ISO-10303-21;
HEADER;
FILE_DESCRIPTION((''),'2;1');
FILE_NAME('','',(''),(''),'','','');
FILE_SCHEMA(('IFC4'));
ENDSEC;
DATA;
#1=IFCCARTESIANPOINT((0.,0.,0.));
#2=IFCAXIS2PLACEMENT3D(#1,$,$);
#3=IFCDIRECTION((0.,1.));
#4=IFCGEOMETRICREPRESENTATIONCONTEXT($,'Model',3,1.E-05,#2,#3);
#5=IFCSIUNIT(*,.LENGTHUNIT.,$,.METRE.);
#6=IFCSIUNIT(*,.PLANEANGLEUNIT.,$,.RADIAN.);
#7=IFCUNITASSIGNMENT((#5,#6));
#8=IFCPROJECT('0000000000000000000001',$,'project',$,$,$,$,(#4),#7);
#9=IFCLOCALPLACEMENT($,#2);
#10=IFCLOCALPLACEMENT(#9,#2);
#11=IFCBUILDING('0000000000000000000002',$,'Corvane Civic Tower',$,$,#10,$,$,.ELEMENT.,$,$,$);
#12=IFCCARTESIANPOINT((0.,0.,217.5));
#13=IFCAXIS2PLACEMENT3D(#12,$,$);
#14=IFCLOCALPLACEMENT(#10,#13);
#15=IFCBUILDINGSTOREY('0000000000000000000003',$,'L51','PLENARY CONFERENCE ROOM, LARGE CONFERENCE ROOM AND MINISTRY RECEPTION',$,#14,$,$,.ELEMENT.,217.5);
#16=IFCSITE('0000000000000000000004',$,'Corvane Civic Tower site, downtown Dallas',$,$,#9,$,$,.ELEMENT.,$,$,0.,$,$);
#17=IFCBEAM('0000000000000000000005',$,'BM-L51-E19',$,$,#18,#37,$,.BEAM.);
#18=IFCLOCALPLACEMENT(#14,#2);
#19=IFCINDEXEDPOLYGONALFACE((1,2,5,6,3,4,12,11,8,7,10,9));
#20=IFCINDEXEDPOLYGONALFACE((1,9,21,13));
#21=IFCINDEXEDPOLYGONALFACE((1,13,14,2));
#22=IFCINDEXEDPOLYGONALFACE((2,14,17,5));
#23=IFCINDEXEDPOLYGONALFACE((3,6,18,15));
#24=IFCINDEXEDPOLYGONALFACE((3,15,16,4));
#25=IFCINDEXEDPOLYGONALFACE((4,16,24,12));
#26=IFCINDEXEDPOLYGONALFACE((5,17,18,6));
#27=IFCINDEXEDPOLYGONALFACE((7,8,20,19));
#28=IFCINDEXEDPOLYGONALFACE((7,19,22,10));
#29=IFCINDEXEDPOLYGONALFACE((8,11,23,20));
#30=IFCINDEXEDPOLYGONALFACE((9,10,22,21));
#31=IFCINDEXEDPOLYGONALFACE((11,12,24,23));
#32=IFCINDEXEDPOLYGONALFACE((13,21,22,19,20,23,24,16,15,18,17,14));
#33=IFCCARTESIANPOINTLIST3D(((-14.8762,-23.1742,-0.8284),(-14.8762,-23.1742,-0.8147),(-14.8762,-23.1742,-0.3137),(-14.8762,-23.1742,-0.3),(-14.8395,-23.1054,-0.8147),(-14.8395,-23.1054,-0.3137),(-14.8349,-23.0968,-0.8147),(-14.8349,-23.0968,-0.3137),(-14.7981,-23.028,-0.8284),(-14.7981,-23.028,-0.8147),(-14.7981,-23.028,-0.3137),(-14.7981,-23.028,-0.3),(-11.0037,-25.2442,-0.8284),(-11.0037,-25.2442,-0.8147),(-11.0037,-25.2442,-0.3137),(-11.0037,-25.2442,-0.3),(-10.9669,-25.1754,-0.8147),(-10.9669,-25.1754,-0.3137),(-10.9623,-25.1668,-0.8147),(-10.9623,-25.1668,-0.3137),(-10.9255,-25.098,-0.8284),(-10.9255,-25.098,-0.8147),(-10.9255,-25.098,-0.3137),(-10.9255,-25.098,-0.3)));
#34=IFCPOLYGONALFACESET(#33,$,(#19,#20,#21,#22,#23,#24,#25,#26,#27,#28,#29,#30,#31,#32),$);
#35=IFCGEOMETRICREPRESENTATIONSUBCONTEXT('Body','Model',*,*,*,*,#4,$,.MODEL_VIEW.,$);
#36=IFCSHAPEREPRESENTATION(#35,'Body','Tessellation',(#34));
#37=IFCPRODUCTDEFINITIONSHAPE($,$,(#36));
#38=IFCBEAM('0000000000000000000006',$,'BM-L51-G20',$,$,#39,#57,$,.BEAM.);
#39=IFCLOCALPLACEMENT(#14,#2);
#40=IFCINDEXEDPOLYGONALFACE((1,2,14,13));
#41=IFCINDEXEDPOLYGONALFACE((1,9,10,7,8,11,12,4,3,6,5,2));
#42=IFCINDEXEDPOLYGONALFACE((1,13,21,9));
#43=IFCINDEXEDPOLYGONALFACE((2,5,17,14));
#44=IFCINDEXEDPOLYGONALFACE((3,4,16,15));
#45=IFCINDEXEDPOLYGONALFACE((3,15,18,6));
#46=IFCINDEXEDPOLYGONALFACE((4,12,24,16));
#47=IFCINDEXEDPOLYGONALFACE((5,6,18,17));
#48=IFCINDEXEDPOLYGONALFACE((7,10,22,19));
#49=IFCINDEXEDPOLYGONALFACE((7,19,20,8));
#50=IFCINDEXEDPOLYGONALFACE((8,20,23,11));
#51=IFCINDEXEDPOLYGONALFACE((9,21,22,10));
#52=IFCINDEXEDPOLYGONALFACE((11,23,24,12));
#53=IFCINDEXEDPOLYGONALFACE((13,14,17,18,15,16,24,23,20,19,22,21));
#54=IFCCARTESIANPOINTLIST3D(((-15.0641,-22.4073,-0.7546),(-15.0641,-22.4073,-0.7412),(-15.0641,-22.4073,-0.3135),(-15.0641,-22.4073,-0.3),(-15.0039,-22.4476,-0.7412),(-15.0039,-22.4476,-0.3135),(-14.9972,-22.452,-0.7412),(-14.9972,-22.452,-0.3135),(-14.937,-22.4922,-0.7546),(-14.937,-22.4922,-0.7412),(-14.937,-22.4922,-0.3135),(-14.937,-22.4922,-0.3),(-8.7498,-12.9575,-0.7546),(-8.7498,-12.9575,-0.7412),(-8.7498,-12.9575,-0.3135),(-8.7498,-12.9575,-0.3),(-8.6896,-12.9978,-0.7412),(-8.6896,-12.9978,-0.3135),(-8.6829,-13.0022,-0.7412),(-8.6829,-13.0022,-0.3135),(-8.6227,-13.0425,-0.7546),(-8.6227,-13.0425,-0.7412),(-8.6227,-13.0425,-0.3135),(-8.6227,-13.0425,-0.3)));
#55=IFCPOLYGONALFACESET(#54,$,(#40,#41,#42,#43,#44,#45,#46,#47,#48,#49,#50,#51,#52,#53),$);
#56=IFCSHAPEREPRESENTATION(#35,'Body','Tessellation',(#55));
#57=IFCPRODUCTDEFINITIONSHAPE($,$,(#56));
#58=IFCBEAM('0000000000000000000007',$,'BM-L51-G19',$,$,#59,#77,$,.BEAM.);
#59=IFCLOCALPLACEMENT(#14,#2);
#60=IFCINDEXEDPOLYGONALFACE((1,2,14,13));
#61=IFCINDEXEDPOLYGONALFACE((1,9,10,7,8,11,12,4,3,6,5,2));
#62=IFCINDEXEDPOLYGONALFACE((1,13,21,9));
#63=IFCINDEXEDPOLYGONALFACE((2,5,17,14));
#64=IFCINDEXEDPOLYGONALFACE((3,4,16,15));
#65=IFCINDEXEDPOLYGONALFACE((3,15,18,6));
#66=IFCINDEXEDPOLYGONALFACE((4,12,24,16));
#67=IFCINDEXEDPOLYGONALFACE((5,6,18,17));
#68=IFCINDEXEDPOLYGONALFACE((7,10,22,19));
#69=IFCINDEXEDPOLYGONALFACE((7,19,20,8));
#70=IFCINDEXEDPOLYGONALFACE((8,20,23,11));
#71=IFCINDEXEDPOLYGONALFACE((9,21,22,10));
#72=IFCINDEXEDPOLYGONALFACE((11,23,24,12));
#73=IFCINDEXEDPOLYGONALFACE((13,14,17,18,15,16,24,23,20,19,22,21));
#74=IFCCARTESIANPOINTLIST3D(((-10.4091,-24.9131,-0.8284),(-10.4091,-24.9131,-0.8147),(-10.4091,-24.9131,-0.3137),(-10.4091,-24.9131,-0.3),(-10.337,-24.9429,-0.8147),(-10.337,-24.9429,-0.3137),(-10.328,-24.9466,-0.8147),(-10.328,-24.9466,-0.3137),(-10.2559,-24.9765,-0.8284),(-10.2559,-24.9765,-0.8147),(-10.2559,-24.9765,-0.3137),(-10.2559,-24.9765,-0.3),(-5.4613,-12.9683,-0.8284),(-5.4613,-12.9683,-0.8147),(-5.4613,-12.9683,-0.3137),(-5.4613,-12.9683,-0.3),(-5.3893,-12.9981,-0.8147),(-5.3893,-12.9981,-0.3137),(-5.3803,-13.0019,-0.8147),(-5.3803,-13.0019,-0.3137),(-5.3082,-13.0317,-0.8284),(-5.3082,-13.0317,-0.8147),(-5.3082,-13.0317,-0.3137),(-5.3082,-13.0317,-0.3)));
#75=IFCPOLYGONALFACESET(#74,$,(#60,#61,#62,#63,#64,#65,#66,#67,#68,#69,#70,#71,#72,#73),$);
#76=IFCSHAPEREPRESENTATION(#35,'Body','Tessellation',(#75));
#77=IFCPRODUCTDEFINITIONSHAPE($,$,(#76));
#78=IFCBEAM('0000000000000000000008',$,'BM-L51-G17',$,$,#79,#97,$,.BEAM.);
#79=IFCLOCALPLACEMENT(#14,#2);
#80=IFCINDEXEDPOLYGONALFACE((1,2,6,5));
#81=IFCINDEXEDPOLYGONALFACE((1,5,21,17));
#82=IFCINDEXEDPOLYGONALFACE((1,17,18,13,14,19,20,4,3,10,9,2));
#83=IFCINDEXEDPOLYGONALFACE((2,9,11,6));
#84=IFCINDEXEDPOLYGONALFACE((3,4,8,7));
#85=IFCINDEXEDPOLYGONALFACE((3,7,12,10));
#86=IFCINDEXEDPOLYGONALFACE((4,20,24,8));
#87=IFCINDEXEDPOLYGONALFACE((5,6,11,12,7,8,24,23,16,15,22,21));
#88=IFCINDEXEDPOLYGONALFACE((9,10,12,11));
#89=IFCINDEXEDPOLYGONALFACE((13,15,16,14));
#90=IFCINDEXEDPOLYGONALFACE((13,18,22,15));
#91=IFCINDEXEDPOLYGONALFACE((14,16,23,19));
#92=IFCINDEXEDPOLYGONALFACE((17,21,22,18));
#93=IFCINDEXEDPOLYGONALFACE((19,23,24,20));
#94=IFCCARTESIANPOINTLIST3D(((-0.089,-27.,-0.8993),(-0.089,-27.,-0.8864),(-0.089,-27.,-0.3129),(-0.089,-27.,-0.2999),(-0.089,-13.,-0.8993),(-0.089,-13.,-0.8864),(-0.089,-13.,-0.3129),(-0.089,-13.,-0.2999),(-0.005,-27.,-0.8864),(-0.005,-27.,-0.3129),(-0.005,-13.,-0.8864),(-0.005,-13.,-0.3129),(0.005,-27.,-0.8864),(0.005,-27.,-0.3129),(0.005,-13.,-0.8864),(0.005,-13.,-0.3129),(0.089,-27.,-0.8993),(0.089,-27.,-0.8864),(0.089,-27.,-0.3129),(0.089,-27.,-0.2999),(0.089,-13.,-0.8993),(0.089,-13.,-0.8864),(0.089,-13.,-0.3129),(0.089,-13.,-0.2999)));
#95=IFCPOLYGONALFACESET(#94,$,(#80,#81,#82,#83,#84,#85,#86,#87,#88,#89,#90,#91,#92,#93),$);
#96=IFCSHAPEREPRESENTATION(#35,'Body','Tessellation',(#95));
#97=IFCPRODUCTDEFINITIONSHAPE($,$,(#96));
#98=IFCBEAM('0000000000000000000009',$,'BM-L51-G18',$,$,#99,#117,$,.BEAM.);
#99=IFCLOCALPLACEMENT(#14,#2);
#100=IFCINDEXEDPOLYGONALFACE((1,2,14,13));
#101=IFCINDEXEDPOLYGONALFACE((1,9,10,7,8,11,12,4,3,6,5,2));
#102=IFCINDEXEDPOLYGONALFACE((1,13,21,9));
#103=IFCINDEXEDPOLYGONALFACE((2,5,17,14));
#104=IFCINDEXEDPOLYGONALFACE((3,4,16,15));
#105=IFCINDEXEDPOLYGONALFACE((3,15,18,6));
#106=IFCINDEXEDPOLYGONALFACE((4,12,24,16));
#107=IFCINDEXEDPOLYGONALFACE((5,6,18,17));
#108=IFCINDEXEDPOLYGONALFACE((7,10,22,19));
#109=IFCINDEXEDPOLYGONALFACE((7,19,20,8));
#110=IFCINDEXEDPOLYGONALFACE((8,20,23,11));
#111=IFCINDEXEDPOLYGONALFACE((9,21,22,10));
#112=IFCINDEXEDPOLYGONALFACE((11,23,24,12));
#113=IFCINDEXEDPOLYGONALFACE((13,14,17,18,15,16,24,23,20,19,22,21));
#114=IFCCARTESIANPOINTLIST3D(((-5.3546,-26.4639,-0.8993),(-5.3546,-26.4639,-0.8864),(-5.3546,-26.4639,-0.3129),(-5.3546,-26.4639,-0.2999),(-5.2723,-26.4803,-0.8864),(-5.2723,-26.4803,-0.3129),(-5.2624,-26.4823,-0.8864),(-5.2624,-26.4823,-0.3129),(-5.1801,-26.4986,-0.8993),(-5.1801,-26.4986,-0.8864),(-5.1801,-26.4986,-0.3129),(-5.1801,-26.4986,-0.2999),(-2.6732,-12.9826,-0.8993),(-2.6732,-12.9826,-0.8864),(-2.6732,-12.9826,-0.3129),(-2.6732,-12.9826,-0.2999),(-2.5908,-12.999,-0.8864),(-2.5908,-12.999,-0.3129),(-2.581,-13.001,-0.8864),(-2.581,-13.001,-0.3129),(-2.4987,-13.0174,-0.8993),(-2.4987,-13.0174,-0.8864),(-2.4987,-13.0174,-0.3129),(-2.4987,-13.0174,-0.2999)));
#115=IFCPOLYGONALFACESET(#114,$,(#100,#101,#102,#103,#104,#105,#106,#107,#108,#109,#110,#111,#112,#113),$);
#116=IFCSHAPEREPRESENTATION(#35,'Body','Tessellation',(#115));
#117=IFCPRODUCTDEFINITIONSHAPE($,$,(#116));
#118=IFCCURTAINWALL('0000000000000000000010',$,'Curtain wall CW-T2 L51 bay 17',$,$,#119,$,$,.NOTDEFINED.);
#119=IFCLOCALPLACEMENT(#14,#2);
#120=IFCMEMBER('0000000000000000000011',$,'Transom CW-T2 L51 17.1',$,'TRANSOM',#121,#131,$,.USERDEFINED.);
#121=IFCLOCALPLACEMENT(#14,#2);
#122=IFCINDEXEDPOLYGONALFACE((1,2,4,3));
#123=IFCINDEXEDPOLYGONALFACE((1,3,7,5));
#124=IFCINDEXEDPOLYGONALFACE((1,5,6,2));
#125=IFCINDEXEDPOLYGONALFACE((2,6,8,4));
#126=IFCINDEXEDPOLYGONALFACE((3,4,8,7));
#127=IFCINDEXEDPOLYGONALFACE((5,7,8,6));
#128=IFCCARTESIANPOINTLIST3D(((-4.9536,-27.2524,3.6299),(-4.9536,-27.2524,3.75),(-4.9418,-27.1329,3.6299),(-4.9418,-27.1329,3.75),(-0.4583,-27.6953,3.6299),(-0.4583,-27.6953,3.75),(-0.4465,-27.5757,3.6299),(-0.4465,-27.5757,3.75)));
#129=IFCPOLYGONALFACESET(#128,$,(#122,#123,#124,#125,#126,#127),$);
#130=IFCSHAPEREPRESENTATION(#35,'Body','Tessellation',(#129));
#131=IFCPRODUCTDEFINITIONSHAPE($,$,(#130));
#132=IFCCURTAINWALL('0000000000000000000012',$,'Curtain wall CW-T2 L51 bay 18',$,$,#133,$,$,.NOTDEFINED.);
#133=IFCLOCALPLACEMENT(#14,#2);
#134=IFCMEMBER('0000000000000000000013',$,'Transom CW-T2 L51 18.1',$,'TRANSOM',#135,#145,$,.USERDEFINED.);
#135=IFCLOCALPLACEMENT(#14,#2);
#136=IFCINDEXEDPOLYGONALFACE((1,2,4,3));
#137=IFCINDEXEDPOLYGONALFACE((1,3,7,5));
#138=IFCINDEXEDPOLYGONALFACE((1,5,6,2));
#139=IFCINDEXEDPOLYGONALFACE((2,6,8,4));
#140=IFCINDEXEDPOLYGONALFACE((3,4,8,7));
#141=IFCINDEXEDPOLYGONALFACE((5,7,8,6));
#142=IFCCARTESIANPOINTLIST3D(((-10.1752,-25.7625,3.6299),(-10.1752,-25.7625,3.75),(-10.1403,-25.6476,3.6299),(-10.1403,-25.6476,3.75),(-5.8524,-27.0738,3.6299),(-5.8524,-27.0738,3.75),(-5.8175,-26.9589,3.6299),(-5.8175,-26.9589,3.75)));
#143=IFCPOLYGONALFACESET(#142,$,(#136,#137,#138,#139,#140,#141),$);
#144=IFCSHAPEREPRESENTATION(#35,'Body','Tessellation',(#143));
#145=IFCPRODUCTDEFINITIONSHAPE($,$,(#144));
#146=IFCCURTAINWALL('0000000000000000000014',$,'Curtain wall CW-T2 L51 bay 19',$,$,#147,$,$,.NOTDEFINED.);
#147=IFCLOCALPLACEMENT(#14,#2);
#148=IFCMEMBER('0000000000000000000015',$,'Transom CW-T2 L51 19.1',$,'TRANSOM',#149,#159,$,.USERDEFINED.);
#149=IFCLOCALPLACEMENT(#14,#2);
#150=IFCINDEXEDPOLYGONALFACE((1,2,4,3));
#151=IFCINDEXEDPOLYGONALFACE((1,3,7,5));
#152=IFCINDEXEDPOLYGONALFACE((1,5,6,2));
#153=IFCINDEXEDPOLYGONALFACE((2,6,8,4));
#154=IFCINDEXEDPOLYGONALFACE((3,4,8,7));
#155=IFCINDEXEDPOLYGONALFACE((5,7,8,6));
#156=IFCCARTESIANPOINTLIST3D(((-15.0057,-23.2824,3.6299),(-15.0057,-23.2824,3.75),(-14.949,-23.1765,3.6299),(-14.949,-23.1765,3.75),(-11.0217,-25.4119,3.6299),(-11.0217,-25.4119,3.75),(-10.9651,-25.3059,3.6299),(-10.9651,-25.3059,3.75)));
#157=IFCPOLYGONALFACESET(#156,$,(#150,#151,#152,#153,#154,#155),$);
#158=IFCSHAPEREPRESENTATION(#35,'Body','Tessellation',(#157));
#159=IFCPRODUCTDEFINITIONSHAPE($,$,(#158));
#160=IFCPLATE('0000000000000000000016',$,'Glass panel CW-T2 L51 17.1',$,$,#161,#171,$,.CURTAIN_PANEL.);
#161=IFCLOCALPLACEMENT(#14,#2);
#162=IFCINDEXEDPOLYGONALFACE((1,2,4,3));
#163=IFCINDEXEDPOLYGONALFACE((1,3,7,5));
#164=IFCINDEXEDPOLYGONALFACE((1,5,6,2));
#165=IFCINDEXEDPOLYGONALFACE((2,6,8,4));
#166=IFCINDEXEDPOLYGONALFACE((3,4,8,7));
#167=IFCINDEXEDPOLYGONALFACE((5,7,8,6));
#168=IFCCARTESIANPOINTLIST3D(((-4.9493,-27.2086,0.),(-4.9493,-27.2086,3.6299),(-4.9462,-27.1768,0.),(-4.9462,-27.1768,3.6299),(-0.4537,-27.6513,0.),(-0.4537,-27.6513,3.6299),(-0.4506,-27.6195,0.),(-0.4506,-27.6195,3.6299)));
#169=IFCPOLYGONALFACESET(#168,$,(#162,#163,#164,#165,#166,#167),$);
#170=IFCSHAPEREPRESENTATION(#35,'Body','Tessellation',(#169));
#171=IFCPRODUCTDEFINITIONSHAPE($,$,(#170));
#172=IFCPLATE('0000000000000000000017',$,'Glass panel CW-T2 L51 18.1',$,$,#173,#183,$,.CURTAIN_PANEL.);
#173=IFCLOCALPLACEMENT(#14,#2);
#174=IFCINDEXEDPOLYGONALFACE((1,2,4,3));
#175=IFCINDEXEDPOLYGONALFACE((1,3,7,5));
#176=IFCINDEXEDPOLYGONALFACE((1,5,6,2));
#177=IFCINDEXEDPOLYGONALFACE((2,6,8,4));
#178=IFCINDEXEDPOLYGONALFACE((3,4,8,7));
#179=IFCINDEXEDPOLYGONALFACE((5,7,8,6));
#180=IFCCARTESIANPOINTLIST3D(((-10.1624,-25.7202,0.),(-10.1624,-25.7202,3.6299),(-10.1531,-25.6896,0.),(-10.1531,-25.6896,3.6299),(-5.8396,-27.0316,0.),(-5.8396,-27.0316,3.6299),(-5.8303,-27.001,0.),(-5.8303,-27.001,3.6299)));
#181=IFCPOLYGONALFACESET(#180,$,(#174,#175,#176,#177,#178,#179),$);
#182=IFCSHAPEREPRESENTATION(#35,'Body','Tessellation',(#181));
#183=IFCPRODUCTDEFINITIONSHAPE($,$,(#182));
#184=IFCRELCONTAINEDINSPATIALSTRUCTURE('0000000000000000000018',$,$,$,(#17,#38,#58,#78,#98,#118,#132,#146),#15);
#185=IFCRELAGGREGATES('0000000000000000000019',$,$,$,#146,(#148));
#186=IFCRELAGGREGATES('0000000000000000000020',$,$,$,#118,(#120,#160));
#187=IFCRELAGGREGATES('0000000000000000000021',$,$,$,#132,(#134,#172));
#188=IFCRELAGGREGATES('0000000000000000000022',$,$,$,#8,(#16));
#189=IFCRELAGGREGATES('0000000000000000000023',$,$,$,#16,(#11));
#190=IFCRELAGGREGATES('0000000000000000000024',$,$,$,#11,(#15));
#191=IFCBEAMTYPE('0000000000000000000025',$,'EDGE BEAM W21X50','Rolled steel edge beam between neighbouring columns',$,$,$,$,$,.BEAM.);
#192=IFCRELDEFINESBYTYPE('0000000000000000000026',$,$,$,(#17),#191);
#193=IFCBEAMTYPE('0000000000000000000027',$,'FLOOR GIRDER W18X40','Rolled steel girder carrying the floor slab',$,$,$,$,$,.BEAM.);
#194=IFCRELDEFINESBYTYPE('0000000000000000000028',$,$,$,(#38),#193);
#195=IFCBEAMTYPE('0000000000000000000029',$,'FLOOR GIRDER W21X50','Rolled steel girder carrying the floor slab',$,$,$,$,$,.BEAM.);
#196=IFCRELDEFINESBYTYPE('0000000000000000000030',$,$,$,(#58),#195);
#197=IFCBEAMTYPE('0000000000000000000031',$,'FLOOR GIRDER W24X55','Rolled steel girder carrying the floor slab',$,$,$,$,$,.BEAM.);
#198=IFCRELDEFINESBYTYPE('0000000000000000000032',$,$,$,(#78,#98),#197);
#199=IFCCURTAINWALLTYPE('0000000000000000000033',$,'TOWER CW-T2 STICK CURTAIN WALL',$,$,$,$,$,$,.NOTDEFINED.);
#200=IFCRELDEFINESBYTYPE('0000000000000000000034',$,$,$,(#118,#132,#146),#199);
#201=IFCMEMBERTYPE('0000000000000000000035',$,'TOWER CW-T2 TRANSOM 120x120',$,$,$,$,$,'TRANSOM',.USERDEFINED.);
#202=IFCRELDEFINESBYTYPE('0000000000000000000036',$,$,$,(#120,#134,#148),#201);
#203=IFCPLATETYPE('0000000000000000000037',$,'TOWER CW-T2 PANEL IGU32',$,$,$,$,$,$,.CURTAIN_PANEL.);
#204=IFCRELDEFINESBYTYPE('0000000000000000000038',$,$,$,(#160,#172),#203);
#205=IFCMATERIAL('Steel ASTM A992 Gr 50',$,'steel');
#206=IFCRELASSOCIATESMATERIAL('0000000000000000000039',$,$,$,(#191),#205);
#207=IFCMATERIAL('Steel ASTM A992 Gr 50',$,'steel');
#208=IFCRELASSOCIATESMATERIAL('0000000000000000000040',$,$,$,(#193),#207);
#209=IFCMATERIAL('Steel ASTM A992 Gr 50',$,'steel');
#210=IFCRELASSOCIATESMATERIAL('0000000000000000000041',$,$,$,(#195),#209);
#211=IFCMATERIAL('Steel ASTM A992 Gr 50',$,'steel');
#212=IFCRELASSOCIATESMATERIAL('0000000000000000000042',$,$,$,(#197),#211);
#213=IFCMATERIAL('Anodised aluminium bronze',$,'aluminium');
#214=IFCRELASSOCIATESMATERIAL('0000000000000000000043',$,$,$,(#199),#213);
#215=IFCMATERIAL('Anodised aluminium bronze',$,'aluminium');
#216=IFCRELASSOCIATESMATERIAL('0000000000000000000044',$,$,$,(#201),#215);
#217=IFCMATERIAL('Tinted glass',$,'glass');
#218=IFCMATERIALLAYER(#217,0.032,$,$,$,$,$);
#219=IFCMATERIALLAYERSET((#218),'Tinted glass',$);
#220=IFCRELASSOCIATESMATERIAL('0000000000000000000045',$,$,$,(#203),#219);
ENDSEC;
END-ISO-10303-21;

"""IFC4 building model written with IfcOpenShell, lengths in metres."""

from ifc_helpers import new_model, si_unit, direction, frame, origin, origin_2d, place, context, subcontext, project, spatial, rectangle, i_section, extrude, material, layer, layer_set, material_profile, profile_set, type_object, element, aggregate, save


model = new_model("IFC4")

# Units and contexts
model_context = context("Model", 3, precision=1e-05, world=origin(), true_north=direction((0.0, 1.0)))
body_context = subcontext(model_context, "Body", "Model", "MODEL_VIEW")
ifc_project = project(units=[si_unit("LENGTHUNIT", "METRE"), si_unit("PLANEANGLEUNIT", "RADIAN")], contexts=[model_context])

# Site, building, storey
site_placement = place(None, origin())
site = spatial("IfcSite", under=ifc_project, at=site_placement, Name="Corvane Civic Tower site, downtown Dallas", CompositionType="ELEMENT", RefElevation=0.0)
building_placement = place(site_placement, origin())
building = spatial("IfcBuilding", under=site, at=building_placement, Name="Corvane Civic Tower", CompositionType="ELEMENT")
storey_placement = place(building_placement, frame((0.0, 0.0, 217.5)))
storey = spatial("IfcBuildingStorey", under=building, at=storey_placement, Name="L51", Description="PLENARY CONFERENCE ROOM, LARGE CONFERENCE ROOM AND MINISTRY RECEPTION", CompositionType="ELEMENT", Elevation=217.5)

# Beams
ifc_material_1 = material(Name="Steel ASTM A992 Gr 50", Category="steel")
ifc_material_profile_1 = material_profile(ifc_material_1, i_section(OverallWidth=0.1658, OverallDepth=0.5283, WebThickness=0.0098, FlangeThickness=0.0137, at=origin_2d()), Name="W21X50")
ifc_profile_set_1 = profile_set([ifc_material_profile_1], Name="Steel ASTM A992 Gr 50")
beam_type_1 = type_object("IfcBeamType", Name="EDGE BEAM W21X50", Description="Rolled steel edge beam between neighbouring columns", PredefinedType="BEAM", material=ifc_profile_set_1)
beam_1_placement = place(storey_placement, frame((-10.9646, -25.1711, -0.5642), z_axis=(-0.881908, 0.471422, 0.0), x_axis=(-0.471422, -0.881908, 0.0)))
element("IfcBeam", 1, at=beam_1_placement, inside=storey, type_object=beam_type_1, Name="BM-L51-E19", PredefinedType="BEAM", context=body_context, shape_type="SweptSolid", body=[
    extrude(i_section(OverallWidth=0.1658, OverallDepth=0.5283, WebThickness=0.0098, FlangeThickness=0.0137, at=origin_2d()), origin(), (0.0, 0.0, 1.0), 4.3911),
])
ifc_material_2 = material(Name="Steel ASTM A992 Gr 50", Category="steel")
ifc_material_profile_2 = material_profile(ifc_material_2, i_section(OverallWidth=0.1528, OverallDepth=0.4546, WebThickness=0.0081, FlangeThickness=0.0134, at=origin_2d()), Name="W18X40")
ifc_profile_set_2 = profile_set([ifc_material_profile_2], Name="Steel ASTM A992 Gr 50")
beam_type_2 = type_object("IfcBeamType", Name="FLOOR GIRDER W18X40", Description="Rolled steel girder carrying the floor slab", PredefinedType="BEAM", material=ifc_profile_set_2)
beam_2_placement = place(storey_placement, frame((-8.6863, -13.0, -0.5273), z_axis=(-0.555577, -0.831465, 0.0), x_axis=(0.831465, -0.555577, 0.0)))
element("IfcBeam", 2, at=beam_2_placement, inside=storey, type_object=beam_type_2, Name="BM-L51-G20", PredefinedType="BEAM", context=body_context, shape_type="SweptSolid", body=[
    extrude(i_section(OverallWidth=0.1528, OverallDepth=0.4546, WebThickness=0.0081, FlangeThickness=0.0134, at=origin_2d()), origin(), (0.0, 0.0, 1.0), 11.3652),
])
ifc_material_3 = material(Name="Steel ASTM A992 Gr 50", Category="steel")
ifc_material_profile_3 = material_profile(ifc_material_3, i_section(OverallWidth=0.1658, OverallDepth=0.5283, WebThickness=0.0098, FlangeThickness=0.0137, at=origin_2d()), Name="W21X50")
ifc_profile_set_3 = profile_set([ifc_material_profile_3], Name="Steel ASTM A992 Gr 50")
beam_type_3 = type_object("IfcBeamType", Name="FLOOR GIRDER W21X50", Description="Rolled steel girder carrying the floor slab", PredefinedType="BEAM", material=ifc_profile_set_3)
beam_3_placement = place(storey_placement, frame((-5.3848, -13.0, -0.5642), z_axis=(-0.382686, -0.923878, 0.0), x_axis=(0.923878, -0.382686, 0.0)))
element("IfcBeam", 3, at=beam_3_placement, inside=storey, type_object=beam_type_3, Name="BM-L51-G19", PredefinedType="BEAM", context=body_context, shape_type="SweptSolid", body=[
    extrude(i_section(OverallWidth=0.1658, OverallDepth=0.5283, WebThickness=0.0098, FlangeThickness=0.0137, at=origin_2d()), origin(), (0.0, 0.0, 1.0), 12.929),
])
ifc_material_4 = material(Name="Steel ASTM A992 Gr 50", Category="steel")
ifc_material_profile_4 = material_profile(ifc_material_4, i_section(OverallWidth=0.178, OverallDepth=0.5994, WebThickness=0.01, FlangeThickness=0.0129, at=origin_2d()), Name="W24X55")
ifc_profile_set_4 = profile_set([ifc_material_profile_4], Name="Steel ASTM A992 Gr 50")
beam_type_4 = type_object("IfcBeamType", Name="FLOOR GIRDER W24X55", Description="Rolled steel girder carrying the floor slab", PredefinedType="BEAM", material=ifc_profile_set_4)
beam_4_placement = place(storey_placement, frame((0.0, -13.0, -0.5996), z_axis=(0.0, -1.0, 0.0), x_axis=(1.0, 0.0, 0.0)))
element("IfcBeam", 4, at=beam_4_placement, inside=storey, type_object=beam_type_4, Name="BM-L51-G17", PredefinedType="BEAM", context=body_context, shape_type="SweptSolid", body=[
    extrude(i_section(OverallWidth=0.178, OverallDepth=0.5994, WebThickness=0.01, FlangeThickness=0.0129, at=origin_2d()), origin(), (0.0, 0.0, 1.0), 14.0),
])
beam_5_placement = place(storey_placement, frame((-2.5859, -13.0, -0.5996), z_axis=(-0.195078, -0.980788, 0.0), x_axis=(0.980788, -0.195078, 0.0)))
element("IfcBeam", 5, at=beam_5_placement, inside=storey, type_object=beam_type_4, Name="BM-L51-G18", PredefinedType="BEAM", context=body_context, shape_type="SweptSolid", body=[
    extrude(i_section(OverallWidth=0.178, OverallDepth=0.5994, WebThickness=0.01, FlangeThickness=0.0129, at=origin_2d()), origin(), (0.0, 0.0, 1.0), 13.7454),
])

# Curtain walls, members
ifc_material_5 = material(Name="Anodised aluminium bronze", Category="aluminium")
curtain_wall_type = type_object("IfcCurtainWallType", Name="TOWER CW-T2 STICK CURTAIN WALL", PredefinedType="NOTDEFINED", material=ifc_material_5)
curtain_wall_1_placement = place(storey_placement, origin())
curtain_wall_1 = element("IfcCurtainWall", 6, at=curtain_wall_1_placement, inside=storey, type_object=curtain_wall_type, Name="Curtain wall CW-T2 L51 bay 17", PredefinedType="NOTDEFINED")
ifc_material_6 = material(Name="Anodised aluminium bronze", Category="aluminium")
ifc_material_profile_5 = material_profile(ifc_material_6, rectangle(XDim=0.1201, YDim=0.1201, at=origin_2d()), Name="TOWER CW-T2 TRANSOM 120x120")
ifc_profile_set_5 = profile_set([ifc_material_profile_5], Name="Anodised aluminium bronze")
member_type = type_object("IfcMemberType", Name="TOWER CW-T2 TRANSOM 120x120", ElementType="TRANSOM", PredefinedType="USERDEFINED", material=ifc_profile_set_5)
member_1_placement = place(storey_placement, frame((-0.4524, -27.6355, 3.6899), z_axis=(-0.995182, 0.098043, 0.0), x_axis=(-0.098043, -0.995182, 0.0)))
member_1 = element("IfcMember", 7, at=member_1_placement, type_object=member_type, Name="Transom CW-T2 L51 17.1", ObjectType="TRANSOM", PredefinedType="USERDEFINED", context=body_context, shape_type="SweptSolid", body=[
    extrude(rectangle(XDim=0.1201, YDim=0.1201, at=origin_2d()), origin(), (0.0, 0.0, 1.0), 4.5171),
])
curtain_wall_2_placement = place(storey_placement, origin())
curtain_wall_2 = element("IfcCurtainWall", 8, at=curtain_wall_2_placement, inside=storey, type_object=curtain_wall_type, Name="Curtain wall CW-T2 L51 bay 18", PredefinedType="NOTDEFINED")
member_2_placement = place(storey_placement, frame((-5.835, -27.0164, 3.6899), z_axis=(-0.956941, 0.290282, 0.0), x_axis=(-0.290282, -0.956941, 0.0)))
member_2 = element("IfcMember", 9, at=member_2_placement, type_object=member_type, Name="Transom CW-T2 L51 18.1", ObjectType="TRANSOM", PredefinedType="USERDEFINED", context=body_context, shape_type="SweptSolid", body=[
    extrude(rectangle(XDim=0.1201, YDim=0.1201, at=origin_2d()), origin(), (0.0, 0.0, 1.0), 4.5173),
])
curtain_wall_3_placement = place(storey_placement, origin())
curtain_wall_3 = element("IfcCurtainWall", 10, at=curtain_wall_3_placement, inside=storey, type_object=curtain_wall_type, Name="Curtain wall CW-T2 L51 bay 19", PredefinedType="NOTDEFINED")
member_3_placement = place(storey_placement, frame((-10.9934, -25.3589, 3.6899), z_axis=(-0.881925, 0.47139, 0.0), x_axis=(-0.47139, -0.881925, 0.0)))
member_3 = element("IfcMember", 11, at=member_3_placement, type_object=member_type, Name="Transom CW-T2 L51 19.1", ObjectType="TRANSOM", PredefinedType="USERDEFINED", context=body_context, shape_type="SweptSolid", body=[
    extrude(rectangle(XDim=0.1201, YDim=0.1201, at=origin_2d()), origin(), (0.0, 0.0, 1.0), 4.5173),
])
aggregate(curtain_wall_3, [member_3])

# Plates
ifc_material_7 = material(Name="Tinted glass", Category="glass")
ifc_layer_1 = layer(ifc_material_7, 0.032)
ifc_layer_set_1 = layer_set([ifc_layer_1], Name="Tinted glass")
plate_type = type_object("IfcPlateType", Name="TOWER CW-T2 PANEL IGU32", PredefinedType="CURTAIN_PANEL", material=ifc_layer_set_1)
plate_1_placement = place(storey_placement, frame((-2.7, -27.4141, 0.0), z_axis=(0.0, 0.0, 1.0), x_axis=(-0.995187, 0.097993, 0.0)))
plate_1 = element("IfcPlate", 12, at=plate_1_placement, type_object=plate_type, Name="Glass panel CW-T2 L51 17.1", PredefinedType="CURTAIN_PANEL", context=body_context, shape_type="SweptSolid", body=[
    extrude(rectangle(XDim=4.5173, YDim=0.032, at=origin_2d()), origin(), (0.0, 0.0, 1.0), 3.6299),
])
aggregate(curtain_wall_1, [member_1, plate_1])
plate_2_placement = place(storey_placement, frame((-7.9963, -26.3606, 0.0), z_axis=(0.0, 0.0, 1.0), x_axis=(-0.956939, 0.29029, 0.0)))
plate_2 = element("IfcPlate", 13, at=plate_2_placement, type_object=plate_type, Name="Glass panel CW-T2 L51 18.1", PredefinedType="CURTAIN_PANEL", context=body_context, shape_type="SweptSolid", body=[
    extrude(rectangle(XDim=4.5173, YDim=0.032, at=origin_2d()), origin(), (0.0, 0.0, 1.0), 3.6299),
])
aggregate(curtain_wall_2, [member_2, plate_2])

save(model, "model.ifc")
